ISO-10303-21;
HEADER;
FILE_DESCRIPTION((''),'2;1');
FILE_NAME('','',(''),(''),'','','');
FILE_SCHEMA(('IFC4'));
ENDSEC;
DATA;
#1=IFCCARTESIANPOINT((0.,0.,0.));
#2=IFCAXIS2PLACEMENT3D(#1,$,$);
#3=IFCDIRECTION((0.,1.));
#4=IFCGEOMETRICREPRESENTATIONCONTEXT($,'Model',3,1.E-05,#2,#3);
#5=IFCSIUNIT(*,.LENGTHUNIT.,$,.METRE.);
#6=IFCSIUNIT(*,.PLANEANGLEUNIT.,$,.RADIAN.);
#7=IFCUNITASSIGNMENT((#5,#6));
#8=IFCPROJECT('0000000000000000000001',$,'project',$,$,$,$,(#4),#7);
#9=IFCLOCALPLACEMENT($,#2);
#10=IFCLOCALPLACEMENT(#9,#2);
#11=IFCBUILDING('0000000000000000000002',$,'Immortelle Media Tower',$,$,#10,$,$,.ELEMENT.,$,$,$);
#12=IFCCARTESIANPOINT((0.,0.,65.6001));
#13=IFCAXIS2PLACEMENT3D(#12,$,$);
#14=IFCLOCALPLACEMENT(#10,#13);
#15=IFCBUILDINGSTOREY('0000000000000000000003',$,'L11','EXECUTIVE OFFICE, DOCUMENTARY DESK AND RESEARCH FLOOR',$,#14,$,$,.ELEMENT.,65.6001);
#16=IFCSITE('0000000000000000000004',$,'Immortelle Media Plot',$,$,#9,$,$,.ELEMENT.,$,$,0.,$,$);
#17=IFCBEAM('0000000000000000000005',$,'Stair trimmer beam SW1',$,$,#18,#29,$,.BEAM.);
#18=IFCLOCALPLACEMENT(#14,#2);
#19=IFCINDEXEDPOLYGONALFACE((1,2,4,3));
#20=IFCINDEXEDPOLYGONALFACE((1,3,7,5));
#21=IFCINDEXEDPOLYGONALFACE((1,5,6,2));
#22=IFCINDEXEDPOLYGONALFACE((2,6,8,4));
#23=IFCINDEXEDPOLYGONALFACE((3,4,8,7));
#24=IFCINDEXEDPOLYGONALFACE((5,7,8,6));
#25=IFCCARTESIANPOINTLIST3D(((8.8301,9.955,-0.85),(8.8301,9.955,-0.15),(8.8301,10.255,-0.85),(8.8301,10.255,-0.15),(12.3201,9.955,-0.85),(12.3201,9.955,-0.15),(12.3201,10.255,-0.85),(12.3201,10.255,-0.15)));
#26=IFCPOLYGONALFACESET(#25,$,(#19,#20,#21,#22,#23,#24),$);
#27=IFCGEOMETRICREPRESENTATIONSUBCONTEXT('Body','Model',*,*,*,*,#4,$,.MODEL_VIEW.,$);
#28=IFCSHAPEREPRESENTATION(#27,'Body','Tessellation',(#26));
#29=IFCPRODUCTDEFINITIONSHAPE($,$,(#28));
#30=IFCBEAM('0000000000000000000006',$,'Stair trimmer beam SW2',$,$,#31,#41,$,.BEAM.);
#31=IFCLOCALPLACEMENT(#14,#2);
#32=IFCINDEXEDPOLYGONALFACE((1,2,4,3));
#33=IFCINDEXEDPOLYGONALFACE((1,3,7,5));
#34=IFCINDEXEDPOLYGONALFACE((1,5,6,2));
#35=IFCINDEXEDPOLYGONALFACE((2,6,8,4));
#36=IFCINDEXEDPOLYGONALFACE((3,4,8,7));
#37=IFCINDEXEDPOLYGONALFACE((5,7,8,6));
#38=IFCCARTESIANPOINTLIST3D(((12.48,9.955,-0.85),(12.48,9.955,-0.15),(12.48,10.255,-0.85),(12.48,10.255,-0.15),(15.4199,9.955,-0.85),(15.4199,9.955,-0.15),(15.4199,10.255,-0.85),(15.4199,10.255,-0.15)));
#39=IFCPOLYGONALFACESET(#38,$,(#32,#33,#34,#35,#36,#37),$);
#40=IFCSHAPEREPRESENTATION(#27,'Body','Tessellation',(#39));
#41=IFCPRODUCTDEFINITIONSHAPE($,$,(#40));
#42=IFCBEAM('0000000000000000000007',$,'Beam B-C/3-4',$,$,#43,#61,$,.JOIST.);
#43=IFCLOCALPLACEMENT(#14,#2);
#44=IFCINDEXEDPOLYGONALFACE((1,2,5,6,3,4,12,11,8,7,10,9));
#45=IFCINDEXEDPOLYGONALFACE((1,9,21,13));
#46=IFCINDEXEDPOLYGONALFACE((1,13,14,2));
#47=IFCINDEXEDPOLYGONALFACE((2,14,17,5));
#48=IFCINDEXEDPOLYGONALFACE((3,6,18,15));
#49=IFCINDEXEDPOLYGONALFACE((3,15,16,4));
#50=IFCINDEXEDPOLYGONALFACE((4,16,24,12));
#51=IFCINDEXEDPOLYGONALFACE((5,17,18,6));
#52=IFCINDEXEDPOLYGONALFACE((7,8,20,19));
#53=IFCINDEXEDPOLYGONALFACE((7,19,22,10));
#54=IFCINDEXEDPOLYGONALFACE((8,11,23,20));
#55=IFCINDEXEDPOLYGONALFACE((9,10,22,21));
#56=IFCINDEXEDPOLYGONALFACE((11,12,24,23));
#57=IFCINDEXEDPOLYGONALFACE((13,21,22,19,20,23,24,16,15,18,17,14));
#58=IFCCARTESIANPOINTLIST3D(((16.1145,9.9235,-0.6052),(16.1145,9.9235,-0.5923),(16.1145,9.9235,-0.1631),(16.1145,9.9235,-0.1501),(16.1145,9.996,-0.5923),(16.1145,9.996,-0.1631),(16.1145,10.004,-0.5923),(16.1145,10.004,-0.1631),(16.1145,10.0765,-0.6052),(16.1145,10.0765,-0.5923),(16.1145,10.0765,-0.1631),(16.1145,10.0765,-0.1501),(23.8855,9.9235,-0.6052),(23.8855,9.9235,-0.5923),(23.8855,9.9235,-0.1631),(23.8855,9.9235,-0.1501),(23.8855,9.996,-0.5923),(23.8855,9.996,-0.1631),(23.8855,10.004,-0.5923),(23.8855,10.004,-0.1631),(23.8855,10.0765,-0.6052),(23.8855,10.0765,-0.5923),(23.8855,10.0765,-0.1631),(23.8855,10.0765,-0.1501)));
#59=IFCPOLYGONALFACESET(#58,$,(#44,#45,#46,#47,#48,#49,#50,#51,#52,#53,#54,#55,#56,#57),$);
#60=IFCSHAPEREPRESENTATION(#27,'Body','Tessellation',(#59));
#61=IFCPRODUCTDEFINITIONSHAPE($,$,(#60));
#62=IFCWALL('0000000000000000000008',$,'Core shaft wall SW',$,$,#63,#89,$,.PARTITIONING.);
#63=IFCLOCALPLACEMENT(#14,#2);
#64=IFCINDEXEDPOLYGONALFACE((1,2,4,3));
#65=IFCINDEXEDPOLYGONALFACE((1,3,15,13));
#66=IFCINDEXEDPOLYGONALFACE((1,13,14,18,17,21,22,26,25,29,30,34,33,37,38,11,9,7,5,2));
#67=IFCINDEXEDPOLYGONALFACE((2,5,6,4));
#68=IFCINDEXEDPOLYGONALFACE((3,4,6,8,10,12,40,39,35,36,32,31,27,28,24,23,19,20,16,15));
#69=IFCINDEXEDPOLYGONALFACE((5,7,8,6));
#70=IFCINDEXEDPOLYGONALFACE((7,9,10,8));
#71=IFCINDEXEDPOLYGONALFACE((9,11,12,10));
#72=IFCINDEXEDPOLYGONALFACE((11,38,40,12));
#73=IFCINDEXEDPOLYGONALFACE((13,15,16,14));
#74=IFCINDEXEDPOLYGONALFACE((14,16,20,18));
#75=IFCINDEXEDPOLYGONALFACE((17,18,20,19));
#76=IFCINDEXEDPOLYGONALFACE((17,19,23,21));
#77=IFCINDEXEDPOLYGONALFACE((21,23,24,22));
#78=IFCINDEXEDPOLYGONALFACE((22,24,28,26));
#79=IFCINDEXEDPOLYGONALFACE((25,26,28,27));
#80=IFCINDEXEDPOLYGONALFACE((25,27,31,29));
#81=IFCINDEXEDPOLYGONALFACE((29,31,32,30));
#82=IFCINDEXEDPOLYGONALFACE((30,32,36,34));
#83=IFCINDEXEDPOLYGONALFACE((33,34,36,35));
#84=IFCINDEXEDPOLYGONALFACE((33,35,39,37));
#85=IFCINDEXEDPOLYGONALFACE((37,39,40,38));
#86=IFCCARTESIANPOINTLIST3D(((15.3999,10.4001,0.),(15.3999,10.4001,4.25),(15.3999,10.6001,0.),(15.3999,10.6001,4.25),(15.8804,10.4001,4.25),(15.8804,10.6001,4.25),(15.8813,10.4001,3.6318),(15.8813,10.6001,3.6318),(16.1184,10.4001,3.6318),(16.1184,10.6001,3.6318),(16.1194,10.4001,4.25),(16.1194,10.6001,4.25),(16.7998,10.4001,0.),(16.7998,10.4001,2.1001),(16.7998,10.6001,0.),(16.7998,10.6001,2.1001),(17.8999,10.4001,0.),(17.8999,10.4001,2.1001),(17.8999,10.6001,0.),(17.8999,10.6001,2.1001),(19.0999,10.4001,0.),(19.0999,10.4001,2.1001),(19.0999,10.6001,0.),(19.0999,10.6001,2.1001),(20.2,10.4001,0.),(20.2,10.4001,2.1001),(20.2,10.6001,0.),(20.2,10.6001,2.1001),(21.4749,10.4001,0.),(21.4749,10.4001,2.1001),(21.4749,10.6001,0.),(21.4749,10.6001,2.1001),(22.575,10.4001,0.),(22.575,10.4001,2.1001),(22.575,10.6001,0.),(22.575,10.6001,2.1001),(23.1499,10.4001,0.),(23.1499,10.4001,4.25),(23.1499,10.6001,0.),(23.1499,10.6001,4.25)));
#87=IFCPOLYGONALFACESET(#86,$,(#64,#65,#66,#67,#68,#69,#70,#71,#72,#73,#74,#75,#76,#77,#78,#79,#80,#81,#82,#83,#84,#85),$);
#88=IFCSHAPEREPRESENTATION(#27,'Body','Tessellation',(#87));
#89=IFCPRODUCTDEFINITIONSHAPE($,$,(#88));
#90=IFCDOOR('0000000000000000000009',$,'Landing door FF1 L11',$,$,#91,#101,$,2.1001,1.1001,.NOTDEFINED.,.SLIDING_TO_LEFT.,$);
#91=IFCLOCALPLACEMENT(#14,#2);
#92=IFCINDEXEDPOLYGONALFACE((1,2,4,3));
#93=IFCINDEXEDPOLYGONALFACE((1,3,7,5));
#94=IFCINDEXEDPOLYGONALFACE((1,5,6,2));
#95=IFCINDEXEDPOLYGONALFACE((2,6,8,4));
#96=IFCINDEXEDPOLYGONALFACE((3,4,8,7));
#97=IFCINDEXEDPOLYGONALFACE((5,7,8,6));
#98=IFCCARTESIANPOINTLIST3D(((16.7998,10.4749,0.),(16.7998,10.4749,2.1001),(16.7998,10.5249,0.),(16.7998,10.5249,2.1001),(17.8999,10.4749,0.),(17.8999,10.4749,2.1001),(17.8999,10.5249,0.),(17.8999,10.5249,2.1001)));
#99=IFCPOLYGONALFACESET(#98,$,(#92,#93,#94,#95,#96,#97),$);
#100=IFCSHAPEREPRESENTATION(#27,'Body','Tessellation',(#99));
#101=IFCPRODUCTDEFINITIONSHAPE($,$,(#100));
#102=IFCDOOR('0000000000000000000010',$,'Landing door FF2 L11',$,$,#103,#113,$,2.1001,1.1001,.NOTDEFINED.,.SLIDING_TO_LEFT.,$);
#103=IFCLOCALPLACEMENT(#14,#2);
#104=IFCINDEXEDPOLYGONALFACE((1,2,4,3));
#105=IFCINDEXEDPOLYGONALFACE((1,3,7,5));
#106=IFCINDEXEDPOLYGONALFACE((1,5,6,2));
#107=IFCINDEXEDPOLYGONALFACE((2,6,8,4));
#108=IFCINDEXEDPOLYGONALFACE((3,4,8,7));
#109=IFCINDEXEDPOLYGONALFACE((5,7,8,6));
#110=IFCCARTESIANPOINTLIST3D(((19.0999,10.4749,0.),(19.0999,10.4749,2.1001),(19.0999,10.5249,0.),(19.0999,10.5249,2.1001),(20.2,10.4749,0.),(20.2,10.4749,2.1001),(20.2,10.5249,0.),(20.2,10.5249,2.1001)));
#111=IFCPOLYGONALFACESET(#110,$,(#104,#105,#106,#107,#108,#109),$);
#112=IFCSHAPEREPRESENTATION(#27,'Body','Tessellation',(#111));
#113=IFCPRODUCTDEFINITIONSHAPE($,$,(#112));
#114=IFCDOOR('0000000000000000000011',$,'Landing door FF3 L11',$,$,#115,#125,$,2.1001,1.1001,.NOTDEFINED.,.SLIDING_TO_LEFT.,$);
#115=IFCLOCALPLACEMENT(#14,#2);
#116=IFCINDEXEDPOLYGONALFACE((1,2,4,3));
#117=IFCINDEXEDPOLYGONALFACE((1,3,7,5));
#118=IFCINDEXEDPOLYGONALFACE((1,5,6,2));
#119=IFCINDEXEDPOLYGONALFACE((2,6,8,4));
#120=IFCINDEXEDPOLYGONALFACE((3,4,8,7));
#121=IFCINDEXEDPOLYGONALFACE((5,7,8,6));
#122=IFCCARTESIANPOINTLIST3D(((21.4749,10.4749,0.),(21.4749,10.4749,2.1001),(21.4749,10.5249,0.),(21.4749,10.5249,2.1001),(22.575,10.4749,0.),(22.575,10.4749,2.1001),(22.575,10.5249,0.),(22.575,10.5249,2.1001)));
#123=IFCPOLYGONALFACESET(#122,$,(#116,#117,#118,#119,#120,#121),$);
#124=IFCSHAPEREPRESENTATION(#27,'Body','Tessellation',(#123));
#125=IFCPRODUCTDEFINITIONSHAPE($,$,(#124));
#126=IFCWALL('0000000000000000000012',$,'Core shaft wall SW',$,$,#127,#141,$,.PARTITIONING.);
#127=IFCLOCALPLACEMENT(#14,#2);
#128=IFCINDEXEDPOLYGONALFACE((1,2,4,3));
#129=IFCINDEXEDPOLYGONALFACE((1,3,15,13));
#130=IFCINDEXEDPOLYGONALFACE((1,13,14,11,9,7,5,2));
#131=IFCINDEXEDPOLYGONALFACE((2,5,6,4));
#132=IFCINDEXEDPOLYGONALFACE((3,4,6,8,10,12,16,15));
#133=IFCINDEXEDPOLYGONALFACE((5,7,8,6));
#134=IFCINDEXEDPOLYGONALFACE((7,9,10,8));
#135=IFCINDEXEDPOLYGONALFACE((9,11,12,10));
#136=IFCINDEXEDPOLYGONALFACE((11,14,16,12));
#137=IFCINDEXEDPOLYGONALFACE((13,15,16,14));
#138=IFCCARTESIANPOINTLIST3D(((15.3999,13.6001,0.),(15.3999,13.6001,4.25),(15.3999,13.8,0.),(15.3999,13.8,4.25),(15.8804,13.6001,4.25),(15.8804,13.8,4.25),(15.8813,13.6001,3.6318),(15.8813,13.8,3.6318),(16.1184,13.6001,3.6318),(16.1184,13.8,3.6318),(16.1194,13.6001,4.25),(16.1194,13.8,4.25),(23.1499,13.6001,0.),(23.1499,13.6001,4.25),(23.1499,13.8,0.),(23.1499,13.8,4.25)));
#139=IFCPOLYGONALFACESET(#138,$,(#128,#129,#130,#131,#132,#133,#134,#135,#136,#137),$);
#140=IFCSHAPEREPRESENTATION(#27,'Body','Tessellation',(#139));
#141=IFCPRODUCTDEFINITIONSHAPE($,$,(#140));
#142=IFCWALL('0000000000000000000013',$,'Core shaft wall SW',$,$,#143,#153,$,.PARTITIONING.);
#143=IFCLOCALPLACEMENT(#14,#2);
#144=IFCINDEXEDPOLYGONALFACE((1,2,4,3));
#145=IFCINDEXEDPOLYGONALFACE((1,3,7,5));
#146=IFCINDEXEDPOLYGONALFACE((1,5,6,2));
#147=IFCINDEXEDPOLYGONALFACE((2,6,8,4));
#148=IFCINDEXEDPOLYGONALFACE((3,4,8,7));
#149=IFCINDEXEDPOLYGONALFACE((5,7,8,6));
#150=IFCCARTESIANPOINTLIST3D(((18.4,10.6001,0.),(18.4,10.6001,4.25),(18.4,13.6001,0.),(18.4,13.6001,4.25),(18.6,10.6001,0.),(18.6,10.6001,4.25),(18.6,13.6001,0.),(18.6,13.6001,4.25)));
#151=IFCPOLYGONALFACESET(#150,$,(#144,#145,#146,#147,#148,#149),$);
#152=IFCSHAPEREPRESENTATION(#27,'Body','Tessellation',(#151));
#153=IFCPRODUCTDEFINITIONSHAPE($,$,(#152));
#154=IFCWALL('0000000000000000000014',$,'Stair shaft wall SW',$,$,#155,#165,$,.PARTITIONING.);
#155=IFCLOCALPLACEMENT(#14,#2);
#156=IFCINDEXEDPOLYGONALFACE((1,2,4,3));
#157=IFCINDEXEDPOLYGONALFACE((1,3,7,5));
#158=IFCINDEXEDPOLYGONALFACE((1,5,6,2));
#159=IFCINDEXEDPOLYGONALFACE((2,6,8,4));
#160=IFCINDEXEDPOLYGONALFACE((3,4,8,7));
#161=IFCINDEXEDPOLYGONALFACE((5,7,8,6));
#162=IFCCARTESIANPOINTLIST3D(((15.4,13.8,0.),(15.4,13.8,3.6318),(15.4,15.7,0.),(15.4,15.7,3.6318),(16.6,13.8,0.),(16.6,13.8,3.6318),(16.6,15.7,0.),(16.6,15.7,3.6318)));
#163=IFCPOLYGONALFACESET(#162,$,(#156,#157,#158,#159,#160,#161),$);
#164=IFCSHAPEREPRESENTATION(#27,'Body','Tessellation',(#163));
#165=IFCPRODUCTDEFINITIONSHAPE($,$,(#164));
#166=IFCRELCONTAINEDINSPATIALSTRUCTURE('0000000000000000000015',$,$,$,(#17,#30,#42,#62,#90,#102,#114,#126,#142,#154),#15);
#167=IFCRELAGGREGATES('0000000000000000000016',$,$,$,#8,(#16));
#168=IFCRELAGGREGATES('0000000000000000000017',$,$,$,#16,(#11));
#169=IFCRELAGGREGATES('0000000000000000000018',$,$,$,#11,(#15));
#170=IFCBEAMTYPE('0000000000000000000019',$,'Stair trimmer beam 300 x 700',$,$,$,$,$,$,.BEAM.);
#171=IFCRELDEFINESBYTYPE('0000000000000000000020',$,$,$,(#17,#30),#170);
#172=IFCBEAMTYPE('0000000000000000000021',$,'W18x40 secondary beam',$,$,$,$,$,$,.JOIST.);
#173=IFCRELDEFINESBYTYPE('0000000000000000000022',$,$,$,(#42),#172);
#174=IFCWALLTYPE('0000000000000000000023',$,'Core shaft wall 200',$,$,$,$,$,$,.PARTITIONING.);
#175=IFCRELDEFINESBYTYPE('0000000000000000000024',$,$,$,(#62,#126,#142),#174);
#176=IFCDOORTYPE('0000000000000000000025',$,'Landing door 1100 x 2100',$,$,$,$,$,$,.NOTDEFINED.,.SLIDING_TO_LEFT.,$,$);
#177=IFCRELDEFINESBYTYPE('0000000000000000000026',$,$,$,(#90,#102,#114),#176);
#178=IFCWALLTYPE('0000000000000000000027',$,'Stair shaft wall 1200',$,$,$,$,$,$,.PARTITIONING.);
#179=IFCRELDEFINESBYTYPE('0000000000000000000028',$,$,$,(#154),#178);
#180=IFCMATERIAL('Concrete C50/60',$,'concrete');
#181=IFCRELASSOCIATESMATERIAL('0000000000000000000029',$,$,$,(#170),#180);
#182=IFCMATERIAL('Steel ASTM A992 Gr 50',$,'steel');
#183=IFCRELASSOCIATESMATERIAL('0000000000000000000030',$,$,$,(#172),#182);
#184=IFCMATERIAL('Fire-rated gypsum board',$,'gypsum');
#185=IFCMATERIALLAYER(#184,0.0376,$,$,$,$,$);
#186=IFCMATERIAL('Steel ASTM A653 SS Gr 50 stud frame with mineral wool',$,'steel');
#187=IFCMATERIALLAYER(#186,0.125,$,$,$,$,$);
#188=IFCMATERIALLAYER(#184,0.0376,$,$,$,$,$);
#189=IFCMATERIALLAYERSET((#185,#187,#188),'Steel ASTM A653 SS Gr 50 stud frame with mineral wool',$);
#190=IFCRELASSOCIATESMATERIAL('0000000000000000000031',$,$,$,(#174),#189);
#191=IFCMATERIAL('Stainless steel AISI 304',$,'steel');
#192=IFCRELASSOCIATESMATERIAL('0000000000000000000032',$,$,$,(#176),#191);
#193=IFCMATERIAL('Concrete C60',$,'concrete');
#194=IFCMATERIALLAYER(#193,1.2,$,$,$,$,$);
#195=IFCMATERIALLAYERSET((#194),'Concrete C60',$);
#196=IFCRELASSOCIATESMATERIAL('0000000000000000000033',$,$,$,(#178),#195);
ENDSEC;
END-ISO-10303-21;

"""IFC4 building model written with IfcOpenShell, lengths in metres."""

from ifc_helpers import new_model, si_unit, direction, frame, frame_2d, origin, origin_2d, place, context, subcontext, project, spatial, polyline, rectangle, i_section, outline, extrude, material, layer, layer_set, material_profile, profile_set, type_object, element, fill, save


model = new_model("IFC4")

# Units and contexts
model_context = context("Model", 3, precision=1e-05, world=origin(), true_north=direction((0.0, 1.0)))
body_context = subcontext(model_context, "Body", "Model", "MODEL_VIEW")
ifc_project = project(units=[si_unit("LENGTHUNIT", "METRE"), si_unit("PLANEANGLEUNIT", "RADIAN")], contexts=[model_context])

# Site, building, storey
site_placement = place(None, origin())
site = spatial("IfcSite", under=ifc_project, at=site_placement, Name="Immortelle Media Plot", CompositionType="ELEMENT", RefElevation=0.0)
building_placement = place(site_placement, origin())
building = spatial("IfcBuilding", under=site, at=building_placement, Name="Immortelle Media Tower", CompositionType="ELEMENT")
storey_placement = place(building_placement, frame((0.0, 0.0, 65.6001)))
storey = spatial("IfcBuildingStorey", under=building, at=storey_placement, Name="L11", Description="EXECUTIVE OFFICE, DOCUMENTARY DESK AND RESEARCH FLOOR", CompositionType="ELEMENT", Elevation=65.6001)

# Beams
ifc_material_1 = material(Name="Concrete C50/60", Category="concrete")
ifc_material_profile_1 = material_profile(ifc_material_1, rectangle(XDim=0.3, YDim=0.7, at=origin_2d()), Name="RC 300x700")
ifc_profile_set_1 = profile_set([ifc_material_profile_1], Name="Concrete C50/60")
beam_type_1 = type_object("IfcBeamType", Name="Stair trimmer beam 300 x 700", PredefinedType="BEAM", material=ifc_profile_set_1)
beam_1_placement = place(storey_placement, frame((8.8301, 10.105, -0.5), z_axis=(1.0, 0.0, 0.0), x_axis=(0.0, 1.0, 0.0)))
element("IfcBeam", 1, at=beam_1_placement, inside=storey, type_object=beam_type_1, Name="Stair trimmer beam SW1", PredefinedType="BEAM", context=body_context, shape_type="SweptSolid", body=[
    extrude(rectangle(XDim=0.3, YDim=0.7, at=origin_2d()), origin(), (0.0, 0.0, 1.0), 3.49),
])
beam_2_placement = place(storey_placement, frame((12.48, 10.105, -0.5), z_axis=(1.0, 0.0, 0.0), x_axis=(0.0, 1.0, 0.0)))
element("IfcBeam", 2, at=beam_2_placement, inside=storey, type_object=beam_type_1, Name="Stair trimmer beam SW2", PredefinedType="BEAM", context=body_context, shape_type="SweptSolid", body=[
    extrude(rectangle(XDim=0.3, YDim=0.7, at=origin_2d()), origin(), (0.0, 0.0, 1.0), 2.9399),
])
ifc_material_2 = material(Name="Steel ASTM A992 Gr 50", Category="steel")
ifc_material_profile_2 = material_profile(ifc_material_2, i_section(OverallWidth=0.1531, OverallDepth=0.4551, WebThickness=0.0081, FlangeThickness=0.0129, at=origin_2d()), Name="W18x40")
ifc_profile_set_2 = profile_set([ifc_material_profile_2], Name="Steel ASTM A992 Gr 50")
beam_type_2 = type_object("IfcBeamType", Name="W18x40 secondary beam", PredefinedType="JOIST", material=ifc_profile_set_2)
beam_3_placement = place(storey_placement, frame((16.1145, 10.0, -0.3777), z_axis=(1.0, 0.0, 0.0), x_axis=(0.0, 1.0, 0.0)))
element("IfcBeam", 3, at=beam_3_placement, inside=storey, type_object=beam_type_2, Name="Beam B-C/3-4", PredefinedType="JOIST", context=body_context, shape_type="SweptSolid", body=[
    extrude(i_section(OverallWidth=0.1531, OverallDepth=0.4551, WebThickness=0.0081, FlangeThickness=0.0129, at=origin_2d()), origin(), (0.0, 0.0, 1.0), 7.771),
])

# Wall, openings, doors
ifc_material_3 = material(Name="Fire-rated gypsum board", Category="gypsum")
ifc_layer_1 = layer(ifc_material_3, 0.0376)
ifc_material_4 = material(Name="Steel ASTM A653 SS Gr 50 stud frame with mineral wool", Category="steel")
ifc_layer_2 = layer(ifc_material_4, 0.125)
ifc_layer_3 = layer(ifc_material_3, 0.0376)
ifc_layer_set_1 = layer_set([ifc_layer_1, ifc_layer_2, ifc_layer_3], Name="Steel ASTM A653 SS Gr 50 stud frame with mineral wool")
wall_type_1 = type_object("IfcWallType", Name="Core shaft wall 200", PredefinedType="PARTITIONING", material=ifc_layer_set_1)
wall_1_placement = place(storey_placement, frame((15.3999, 10.5, 0.0), z_axis=(0.0, 0.0, 1.0), x_axis=(1.0, 0.0, 0.0)))
wall_1 = element("IfcWall", 4, at=wall_1_placement, inside=storey, type_object=wall_type_1, Name="Core shaft wall SW", PredefinedType="PARTITIONING", context=body_context, shape_type="SweptSolid", body=[
    extrude(outline(polyline([(0.0, 0.0), (7.75, 0.0), (7.75, 4.25), (0.7195, 4.25), (0.7185, 3.6318), (0.4814, 3.6318), (0.4805, 4.25), (0.0, 4.25), (0.0, 0.0)])), frame((0.0, 0.1001, 0.0), z_axis=(0.0, -1.0, 0.0), x_axis=(1.0, 0.0, 0.0)), (0.0, 0.0, 1.0), 0.2),
])
opening_1_placement = place(wall_1_placement, frame((1.3999, 0.0, 0.0)))
opening_1 = element("IfcOpeningElement", 5, at=opening_1_placement, cuts=wall_1, PredefinedType="OPENING", context=body_context, shape_type="SweptSolid", body=[
    extrude(rectangle(XDim=1.1001, YDim=2.1001, at=frame_2d((0.55, 1.05))), frame((0.0, 0.1099, 0.0), z_axis=(0.0, -1.0, 0.0), x_axis=(1.0, 0.0, 0.0)), (0.0, 0.0, 1.0), 0.22),
])
opening_2_placement = place(wall_1_placement, frame((3.7, 0.0, 0.0)))
opening_2 = element("IfcOpeningElement", 6, at=opening_2_placement, cuts=wall_1, PredefinedType="OPENING", context=body_context, shape_type="SweptSolid", body=[
    extrude(rectangle(XDim=1.1001, YDim=2.1001, at=frame_2d((0.55, 1.05))), frame((0.0, 0.1099, 0.0), z_axis=(0.0, -1.0, 0.0), x_axis=(1.0, 0.0, 0.0)), (0.0, 0.0, 1.0), 0.22),
])
opening_3_placement = place(wall_1_placement, frame((6.075, 0.0, 0.0)))
opening_3 = element("IfcOpeningElement", 7, at=opening_3_placement, cuts=wall_1, PredefinedType="OPENING", context=body_context, shape_type="SweptSolid", body=[
    extrude(rectangle(XDim=1.1001, YDim=2.1001, at=frame_2d((0.55, 1.05))), frame((0.0, 0.1099, 0.0), z_axis=(0.0, -1.0, 0.0), x_axis=(1.0, 0.0, 0.0)), (0.0, 0.0, 1.0), 0.22),
])
ifc_material_5 = material(Name="Stainless steel AISI 304", Category="steel")
door_type_1 = type_object("IfcDoorType", Name="Landing door 1100 x 2100", OperationType="SLIDING_TO_LEFT", PredefinedType="NOTDEFINED", material=ifc_material_5)
door_1_placement = place(opening_1_placement, origin())
door_1 = element("IfcDoor", 8, at=door_1_placement, inside=storey, type_object=door_type_1, Name="Landing door FF1 L11", OperationType="SLIDING_TO_LEFT", OverallHeight=2.1001, OverallWidth=1.1001, PredefinedType="NOTDEFINED", context=body_context, shape_type="SweptSolid", body=[
    extrude(rectangle(XDim=1.1001, YDim=2.1001, at=frame_2d((0.55, 1.05))), frame((0.0, 0.0249, 0.0), z_axis=(0.0, -1.0, 0.0), x_axis=(1.0, 0.0, 0.0)), (0.0, 0.0, 1.0), 0.05),
])
fill(opening_1, door_1)
door_2_placement = place(opening_2_placement, origin())
door_2 = element("IfcDoor", 9, at=door_2_placement, inside=storey, type_object=door_type_1, Name="Landing door FF2 L11", OperationType="SLIDING_TO_LEFT", OverallHeight=2.1001, OverallWidth=1.1001, PredefinedType="NOTDEFINED", context=body_context, shape_type="SweptSolid", body=[
    extrude(rectangle(XDim=1.1001, YDim=2.1001, at=frame_2d((0.55, 1.05))), frame((0.0, 0.0249, 0.0), z_axis=(0.0, -1.0, 0.0), x_axis=(1.0, 0.0, 0.0)), (0.0, 0.0, 1.0), 0.05),
])
fill(opening_2, door_2)
door_3_placement = place(opening_3_placement, origin())
door_3 = element("IfcDoor", 10, at=door_3_placement, inside=storey, type_object=door_type_1, Name="Landing door FF3 L11", OperationType="SLIDING_TO_LEFT", OverallHeight=2.1001, OverallWidth=1.1001, PredefinedType="NOTDEFINED", context=body_context, shape_type="SweptSolid", body=[
    extrude(rectangle(XDim=1.1001, YDim=2.1001, at=frame_2d((0.55, 1.05))), frame((0.0, 0.0249, 0.0), z_axis=(0.0, -1.0, 0.0), x_axis=(1.0, 0.0, 0.0)), (0.0, 0.0, 1.0), 0.05),
])
fill(opening_3, door_3)

# Walls
wall_2_placement = place(storey_placement, frame((15.3999, 13.7, 0.0), z_axis=(0.0, 0.0, 1.0), x_axis=(1.0, 0.0, 0.0)))
element("IfcWall", 11, at=wall_2_placement, inside=storey, type_object=wall_type_1, Name="Core shaft wall SW", PredefinedType="PARTITIONING", context=body_context, shape_type="SweptSolid", body=[
    extrude(outline(polyline([(0.0, 0.0), (7.75, 0.0), (7.75, 4.25), (0.7195, 4.25), (0.7185, 3.6318), (0.4814, 3.6318), (0.4805, 4.25), (0.0, 4.25), (0.0, 0.0)])), frame((0.0, 0.1001, 0.0), z_axis=(0.0, -1.0, 0.0), x_axis=(1.0, 0.0, 0.0)), (0.0, 0.0, 1.0), 0.2),
])
wall_3_placement = place(storey_placement, frame((18.5, 10.6001, 0.0), z_axis=(0.0, 0.0, 1.0), x_axis=(0.0, 1.0, 0.0)))
element("IfcWall", 12, at=wall_3_placement, inside=storey, type_object=wall_type_1, Name="Core shaft wall SW", PredefinedType="PARTITIONING", context=body_context, shape_type="SweptSolid", body=[
    extrude(rectangle(XDim=3.0, YDim=0.2, at=frame_2d((1.5, 0.0))), origin(), (0.0, 0.0, 1.0), 4.25),
])
ifc_material_6 = material(Name="Concrete C60", Category="concrete")
ifc_layer_4 = layer(ifc_material_6, 1.2)
ifc_layer_set_2 = layer_set([ifc_layer_4], Name="Concrete C60")
wall_type_2 = type_object("IfcWallType", Name="Stair shaft wall 1200", PredefinedType="PARTITIONING", material=ifc_layer_set_2)
wall_4_placement = place(storey_placement, frame((16.0, 13.8, 0.0), z_axis=(0.0, 0.0, 1.0), x_axis=(0.0, 1.0, 0.0)))
element("IfcWall", 13, at=wall_4_placement, inside=storey, type_object=wall_type_2, Name="Stair shaft wall SW", PredefinedType="PARTITIONING", context=body_context, shape_type="SweptSolid", body=[
    extrude(rectangle(XDim=1.8999, YDim=1.2, at=frame_2d((0.95, 0.0))), origin(), (0.0, 0.0, 1.0), 3.6318),
])

save(model, "model.ifc")
